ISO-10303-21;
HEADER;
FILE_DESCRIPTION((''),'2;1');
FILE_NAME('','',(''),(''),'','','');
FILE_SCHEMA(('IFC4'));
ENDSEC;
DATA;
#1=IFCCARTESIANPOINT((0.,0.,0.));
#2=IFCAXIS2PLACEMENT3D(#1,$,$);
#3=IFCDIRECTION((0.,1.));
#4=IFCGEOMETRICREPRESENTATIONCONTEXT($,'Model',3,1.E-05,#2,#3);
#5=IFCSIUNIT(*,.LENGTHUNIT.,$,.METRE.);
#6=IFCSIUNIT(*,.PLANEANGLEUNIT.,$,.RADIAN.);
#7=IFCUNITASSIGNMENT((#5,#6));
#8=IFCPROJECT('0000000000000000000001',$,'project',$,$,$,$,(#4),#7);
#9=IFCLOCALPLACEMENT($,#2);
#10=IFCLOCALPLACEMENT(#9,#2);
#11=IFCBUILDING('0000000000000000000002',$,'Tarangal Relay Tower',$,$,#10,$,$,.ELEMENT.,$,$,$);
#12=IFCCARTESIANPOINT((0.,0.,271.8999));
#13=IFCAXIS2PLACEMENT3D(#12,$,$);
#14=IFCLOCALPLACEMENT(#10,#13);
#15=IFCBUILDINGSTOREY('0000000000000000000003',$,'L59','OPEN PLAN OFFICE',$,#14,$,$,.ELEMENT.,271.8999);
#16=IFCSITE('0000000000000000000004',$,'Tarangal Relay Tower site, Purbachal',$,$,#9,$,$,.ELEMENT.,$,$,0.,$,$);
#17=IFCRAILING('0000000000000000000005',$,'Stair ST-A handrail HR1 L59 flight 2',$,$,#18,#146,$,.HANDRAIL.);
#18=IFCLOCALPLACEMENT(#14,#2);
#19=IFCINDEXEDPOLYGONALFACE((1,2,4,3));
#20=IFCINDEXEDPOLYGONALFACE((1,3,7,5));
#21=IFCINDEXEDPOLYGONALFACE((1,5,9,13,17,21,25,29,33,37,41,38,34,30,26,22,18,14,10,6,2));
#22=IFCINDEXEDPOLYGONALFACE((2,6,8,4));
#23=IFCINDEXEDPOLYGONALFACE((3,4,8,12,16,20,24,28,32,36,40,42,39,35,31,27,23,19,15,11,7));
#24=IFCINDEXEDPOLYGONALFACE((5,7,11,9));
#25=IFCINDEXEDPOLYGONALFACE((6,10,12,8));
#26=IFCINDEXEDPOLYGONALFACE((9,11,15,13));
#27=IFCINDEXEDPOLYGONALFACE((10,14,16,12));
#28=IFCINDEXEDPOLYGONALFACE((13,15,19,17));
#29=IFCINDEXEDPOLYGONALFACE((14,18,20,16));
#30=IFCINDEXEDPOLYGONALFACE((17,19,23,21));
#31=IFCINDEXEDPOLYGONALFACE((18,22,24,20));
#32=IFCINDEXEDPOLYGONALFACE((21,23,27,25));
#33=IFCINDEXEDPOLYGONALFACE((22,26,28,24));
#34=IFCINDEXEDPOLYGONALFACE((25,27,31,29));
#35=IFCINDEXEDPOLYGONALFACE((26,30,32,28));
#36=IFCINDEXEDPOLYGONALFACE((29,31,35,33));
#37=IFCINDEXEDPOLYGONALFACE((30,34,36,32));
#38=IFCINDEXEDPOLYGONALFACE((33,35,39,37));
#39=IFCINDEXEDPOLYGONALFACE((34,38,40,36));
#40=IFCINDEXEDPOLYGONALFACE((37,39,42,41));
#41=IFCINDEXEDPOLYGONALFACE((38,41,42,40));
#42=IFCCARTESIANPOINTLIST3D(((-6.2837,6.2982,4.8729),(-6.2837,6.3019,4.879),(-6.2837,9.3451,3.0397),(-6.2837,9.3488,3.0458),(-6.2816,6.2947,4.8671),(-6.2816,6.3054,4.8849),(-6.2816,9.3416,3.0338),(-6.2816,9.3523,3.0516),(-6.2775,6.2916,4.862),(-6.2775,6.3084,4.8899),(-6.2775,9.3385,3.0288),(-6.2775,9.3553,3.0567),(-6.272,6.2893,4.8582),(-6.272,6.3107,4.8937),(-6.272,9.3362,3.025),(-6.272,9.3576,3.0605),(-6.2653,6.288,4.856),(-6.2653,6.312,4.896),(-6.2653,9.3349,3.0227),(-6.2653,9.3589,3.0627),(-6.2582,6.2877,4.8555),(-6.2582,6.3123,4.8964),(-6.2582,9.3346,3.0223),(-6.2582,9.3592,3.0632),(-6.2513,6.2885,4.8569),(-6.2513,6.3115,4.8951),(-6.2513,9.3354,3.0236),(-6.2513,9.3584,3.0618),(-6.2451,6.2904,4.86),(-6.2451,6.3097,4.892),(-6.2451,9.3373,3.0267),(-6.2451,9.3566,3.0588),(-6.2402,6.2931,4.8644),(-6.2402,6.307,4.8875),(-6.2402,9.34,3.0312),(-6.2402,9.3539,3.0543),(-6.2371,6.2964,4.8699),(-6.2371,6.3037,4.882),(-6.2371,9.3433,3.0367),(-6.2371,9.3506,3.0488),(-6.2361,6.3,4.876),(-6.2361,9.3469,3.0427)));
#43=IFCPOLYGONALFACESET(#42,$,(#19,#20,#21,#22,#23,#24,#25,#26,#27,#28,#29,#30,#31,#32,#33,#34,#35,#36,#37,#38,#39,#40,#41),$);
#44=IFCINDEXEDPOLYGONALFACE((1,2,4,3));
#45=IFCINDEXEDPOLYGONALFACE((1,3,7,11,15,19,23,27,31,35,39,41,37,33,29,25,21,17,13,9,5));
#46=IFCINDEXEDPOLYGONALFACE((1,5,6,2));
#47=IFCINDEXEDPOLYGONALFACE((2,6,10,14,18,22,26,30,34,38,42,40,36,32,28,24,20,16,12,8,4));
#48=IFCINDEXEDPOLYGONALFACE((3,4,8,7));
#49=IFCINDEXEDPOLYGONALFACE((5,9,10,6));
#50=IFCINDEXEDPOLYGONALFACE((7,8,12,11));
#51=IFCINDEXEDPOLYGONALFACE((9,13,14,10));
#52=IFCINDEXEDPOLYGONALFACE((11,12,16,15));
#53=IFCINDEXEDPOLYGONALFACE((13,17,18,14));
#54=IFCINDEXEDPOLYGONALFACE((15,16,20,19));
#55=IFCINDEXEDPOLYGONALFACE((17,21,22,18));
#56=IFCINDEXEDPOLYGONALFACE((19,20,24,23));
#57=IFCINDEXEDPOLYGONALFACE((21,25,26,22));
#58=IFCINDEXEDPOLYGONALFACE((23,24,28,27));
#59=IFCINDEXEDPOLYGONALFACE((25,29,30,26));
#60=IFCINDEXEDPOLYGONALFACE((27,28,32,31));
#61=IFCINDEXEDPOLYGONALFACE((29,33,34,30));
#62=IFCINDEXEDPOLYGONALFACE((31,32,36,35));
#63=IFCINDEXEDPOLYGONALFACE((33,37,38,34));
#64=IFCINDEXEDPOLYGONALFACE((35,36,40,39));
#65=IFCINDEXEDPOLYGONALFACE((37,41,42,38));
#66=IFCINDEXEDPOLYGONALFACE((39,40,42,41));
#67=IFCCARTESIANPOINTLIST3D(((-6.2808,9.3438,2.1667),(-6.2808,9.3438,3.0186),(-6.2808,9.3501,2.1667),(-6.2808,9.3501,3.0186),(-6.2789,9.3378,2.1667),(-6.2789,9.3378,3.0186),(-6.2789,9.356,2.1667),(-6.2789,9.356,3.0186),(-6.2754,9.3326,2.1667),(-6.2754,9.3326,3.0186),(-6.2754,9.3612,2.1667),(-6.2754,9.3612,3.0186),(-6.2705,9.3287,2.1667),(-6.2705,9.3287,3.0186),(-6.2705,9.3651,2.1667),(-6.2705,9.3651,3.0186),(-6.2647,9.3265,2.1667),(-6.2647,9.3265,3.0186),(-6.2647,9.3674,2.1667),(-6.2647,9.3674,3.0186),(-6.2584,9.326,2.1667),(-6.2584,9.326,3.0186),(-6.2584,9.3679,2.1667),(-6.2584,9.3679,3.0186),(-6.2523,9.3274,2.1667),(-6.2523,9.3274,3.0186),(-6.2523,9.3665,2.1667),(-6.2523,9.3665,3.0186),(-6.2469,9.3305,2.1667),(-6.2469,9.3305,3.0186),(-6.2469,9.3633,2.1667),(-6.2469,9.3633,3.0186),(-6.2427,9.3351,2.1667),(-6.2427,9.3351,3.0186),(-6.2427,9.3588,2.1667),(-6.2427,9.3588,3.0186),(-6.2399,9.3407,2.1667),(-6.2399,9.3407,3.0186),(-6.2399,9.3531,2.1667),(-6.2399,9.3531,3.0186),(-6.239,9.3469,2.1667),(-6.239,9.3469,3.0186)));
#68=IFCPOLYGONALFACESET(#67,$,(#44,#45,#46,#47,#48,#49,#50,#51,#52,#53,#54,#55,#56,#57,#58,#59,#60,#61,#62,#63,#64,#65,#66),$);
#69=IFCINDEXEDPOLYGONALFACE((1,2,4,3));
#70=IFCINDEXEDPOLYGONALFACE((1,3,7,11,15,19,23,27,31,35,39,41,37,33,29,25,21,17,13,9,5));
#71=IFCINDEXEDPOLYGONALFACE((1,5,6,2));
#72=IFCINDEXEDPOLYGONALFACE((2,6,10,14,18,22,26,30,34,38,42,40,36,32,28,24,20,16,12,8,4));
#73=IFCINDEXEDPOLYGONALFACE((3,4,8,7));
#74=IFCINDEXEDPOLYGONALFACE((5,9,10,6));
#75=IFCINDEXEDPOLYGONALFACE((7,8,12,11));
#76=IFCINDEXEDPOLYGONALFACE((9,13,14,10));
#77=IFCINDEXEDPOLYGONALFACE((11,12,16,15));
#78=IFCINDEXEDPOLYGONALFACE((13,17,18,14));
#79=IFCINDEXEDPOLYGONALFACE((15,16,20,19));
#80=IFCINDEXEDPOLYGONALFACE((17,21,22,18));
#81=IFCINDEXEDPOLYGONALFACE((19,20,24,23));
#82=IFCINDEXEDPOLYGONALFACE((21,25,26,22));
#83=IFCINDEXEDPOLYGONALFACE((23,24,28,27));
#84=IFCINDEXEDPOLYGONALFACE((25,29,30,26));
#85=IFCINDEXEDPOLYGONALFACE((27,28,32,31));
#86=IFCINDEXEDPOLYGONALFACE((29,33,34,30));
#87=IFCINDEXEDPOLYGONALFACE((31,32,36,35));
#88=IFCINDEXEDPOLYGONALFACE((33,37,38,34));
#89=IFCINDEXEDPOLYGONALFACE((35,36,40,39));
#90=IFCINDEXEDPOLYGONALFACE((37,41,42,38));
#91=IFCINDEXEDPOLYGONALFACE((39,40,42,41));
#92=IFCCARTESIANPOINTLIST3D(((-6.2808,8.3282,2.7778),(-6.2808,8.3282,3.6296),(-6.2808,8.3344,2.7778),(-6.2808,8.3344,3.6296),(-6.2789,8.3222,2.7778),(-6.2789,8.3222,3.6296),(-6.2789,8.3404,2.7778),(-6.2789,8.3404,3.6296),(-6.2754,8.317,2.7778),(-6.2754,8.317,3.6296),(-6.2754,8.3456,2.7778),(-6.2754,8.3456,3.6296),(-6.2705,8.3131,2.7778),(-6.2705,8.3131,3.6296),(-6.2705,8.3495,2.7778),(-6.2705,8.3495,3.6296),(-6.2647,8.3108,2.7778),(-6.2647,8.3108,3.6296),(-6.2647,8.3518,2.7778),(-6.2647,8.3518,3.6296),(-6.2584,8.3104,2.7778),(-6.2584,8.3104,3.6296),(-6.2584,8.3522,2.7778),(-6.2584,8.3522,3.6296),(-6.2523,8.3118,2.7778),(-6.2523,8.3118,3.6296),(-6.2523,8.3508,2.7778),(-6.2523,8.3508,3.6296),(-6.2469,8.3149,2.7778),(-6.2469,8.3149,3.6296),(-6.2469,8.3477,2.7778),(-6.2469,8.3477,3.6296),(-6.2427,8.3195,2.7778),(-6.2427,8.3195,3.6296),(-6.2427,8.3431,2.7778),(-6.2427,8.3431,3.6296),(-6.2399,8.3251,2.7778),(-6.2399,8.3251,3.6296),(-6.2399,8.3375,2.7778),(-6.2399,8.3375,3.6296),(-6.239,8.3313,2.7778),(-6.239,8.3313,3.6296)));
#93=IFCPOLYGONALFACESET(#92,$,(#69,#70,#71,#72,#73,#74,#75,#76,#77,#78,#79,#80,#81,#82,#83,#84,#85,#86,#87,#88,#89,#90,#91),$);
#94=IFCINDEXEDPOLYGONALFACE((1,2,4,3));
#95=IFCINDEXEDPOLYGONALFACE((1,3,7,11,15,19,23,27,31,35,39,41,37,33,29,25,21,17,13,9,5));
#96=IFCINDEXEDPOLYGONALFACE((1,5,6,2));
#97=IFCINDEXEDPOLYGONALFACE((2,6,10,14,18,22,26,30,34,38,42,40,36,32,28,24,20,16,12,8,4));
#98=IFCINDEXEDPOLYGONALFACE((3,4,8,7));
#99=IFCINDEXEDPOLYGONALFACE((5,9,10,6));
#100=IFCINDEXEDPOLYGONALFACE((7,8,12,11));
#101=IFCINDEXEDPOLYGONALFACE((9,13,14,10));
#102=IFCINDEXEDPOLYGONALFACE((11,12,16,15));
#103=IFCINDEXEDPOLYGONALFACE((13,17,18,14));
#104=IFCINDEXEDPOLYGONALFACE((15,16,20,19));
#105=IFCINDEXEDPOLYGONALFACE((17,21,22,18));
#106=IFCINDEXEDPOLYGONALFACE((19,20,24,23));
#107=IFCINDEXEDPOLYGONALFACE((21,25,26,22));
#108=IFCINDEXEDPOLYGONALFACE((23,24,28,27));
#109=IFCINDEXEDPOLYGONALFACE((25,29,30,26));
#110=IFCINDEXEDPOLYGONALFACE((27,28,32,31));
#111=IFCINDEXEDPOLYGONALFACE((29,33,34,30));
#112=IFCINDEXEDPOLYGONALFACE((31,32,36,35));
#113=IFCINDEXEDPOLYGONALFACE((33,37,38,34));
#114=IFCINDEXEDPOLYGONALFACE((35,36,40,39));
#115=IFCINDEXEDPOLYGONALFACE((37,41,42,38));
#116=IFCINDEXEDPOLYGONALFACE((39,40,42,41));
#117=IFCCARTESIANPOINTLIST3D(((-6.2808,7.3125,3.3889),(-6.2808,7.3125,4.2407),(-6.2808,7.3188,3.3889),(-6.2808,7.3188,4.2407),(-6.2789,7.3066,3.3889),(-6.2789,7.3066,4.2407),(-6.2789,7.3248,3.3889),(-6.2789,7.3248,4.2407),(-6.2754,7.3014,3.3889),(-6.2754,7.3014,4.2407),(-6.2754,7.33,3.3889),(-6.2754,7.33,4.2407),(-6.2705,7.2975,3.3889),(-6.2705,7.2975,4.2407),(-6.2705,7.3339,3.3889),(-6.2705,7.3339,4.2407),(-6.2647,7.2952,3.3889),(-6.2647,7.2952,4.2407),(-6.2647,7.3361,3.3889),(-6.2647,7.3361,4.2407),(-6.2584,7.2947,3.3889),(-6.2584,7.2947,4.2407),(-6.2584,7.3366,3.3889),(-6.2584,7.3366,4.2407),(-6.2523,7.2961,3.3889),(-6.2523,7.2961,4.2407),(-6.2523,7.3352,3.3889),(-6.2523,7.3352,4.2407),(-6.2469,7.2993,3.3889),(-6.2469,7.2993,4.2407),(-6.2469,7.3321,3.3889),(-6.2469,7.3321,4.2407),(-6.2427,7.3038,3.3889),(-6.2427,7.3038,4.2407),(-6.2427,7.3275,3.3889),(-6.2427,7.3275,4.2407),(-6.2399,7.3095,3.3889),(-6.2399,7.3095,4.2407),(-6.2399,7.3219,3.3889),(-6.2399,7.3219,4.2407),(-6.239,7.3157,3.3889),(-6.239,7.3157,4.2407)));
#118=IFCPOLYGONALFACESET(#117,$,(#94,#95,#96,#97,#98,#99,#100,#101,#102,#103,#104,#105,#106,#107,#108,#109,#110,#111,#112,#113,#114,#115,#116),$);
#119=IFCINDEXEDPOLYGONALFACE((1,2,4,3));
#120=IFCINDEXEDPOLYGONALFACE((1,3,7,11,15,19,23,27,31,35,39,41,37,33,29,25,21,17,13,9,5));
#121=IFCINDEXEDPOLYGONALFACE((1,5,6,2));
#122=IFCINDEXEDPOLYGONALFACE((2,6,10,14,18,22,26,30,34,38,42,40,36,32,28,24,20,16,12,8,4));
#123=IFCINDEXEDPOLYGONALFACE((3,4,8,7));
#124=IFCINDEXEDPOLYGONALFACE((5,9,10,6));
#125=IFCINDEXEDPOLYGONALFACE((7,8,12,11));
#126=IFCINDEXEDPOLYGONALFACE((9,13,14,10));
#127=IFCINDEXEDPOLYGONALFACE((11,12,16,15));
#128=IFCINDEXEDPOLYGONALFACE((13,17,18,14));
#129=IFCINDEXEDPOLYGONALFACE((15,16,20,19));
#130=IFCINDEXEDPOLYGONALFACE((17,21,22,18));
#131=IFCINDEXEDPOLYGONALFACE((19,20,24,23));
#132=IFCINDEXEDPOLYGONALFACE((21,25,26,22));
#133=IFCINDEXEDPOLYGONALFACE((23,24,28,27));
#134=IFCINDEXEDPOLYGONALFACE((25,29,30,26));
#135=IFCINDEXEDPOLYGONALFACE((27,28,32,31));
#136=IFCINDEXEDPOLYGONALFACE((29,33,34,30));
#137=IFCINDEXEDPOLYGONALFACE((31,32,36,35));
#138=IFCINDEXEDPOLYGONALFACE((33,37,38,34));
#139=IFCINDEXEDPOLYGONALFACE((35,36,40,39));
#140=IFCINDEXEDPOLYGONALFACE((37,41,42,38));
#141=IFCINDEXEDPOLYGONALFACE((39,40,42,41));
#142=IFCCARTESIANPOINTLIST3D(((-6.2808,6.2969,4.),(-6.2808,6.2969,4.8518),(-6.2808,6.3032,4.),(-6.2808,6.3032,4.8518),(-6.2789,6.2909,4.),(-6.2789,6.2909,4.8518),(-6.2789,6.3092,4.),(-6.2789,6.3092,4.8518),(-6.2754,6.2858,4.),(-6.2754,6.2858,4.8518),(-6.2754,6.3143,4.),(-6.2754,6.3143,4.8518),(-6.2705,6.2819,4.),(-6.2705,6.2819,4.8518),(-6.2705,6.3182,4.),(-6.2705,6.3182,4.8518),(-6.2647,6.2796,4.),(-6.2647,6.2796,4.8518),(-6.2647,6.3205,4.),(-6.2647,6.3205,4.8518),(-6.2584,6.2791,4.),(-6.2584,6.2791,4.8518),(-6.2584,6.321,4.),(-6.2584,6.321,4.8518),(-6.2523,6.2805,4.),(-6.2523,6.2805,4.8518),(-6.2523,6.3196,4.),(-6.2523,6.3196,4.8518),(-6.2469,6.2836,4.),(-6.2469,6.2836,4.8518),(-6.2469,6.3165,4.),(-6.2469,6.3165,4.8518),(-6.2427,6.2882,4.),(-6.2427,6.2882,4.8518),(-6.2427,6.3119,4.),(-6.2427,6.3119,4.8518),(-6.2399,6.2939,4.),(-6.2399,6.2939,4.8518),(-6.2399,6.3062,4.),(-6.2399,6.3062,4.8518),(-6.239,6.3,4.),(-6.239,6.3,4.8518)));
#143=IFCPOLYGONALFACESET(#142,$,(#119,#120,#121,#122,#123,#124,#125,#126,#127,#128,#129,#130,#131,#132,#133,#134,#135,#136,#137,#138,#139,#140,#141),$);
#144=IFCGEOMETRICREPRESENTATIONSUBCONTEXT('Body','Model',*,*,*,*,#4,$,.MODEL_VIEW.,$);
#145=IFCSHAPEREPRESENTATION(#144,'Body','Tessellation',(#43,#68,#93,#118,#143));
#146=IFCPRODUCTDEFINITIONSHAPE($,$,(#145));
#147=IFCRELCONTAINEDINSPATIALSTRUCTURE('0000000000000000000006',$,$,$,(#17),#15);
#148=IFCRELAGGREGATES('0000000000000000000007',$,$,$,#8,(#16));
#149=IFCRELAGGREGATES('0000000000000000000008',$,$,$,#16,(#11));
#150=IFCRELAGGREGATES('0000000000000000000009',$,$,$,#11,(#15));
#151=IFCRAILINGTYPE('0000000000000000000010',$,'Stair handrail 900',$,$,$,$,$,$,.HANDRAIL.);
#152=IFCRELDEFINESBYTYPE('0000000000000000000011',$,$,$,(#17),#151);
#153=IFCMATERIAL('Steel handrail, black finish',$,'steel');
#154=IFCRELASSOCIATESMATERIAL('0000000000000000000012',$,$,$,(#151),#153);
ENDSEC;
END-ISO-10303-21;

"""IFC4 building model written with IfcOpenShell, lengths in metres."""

from ifc_helpers import new_model, si_unit, direction, frame, origin, origin_2d, place, context, subcontext, project, spatial, circle, extrude, material, type_object, element, save


model = new_model("IFC4")

# Units and contexts
model_context = context("Model", 3, precision=1e-05, world=origin(), true_north=direction((0.0, 1.0)))
body_context = subcontext(model_context, "Body", "Model", "MODEL_VIEW")
ifc_project = project(units=[si_unit("LENGTHUNIT", "METRE"), si_unit("PLANEANGLEUNIT", "RADIAN")], contexts=[model_context])

# Site, building, storey
site_placement = place(None, origin())
site = spatial("IfcSite", under=ifc_project, at=site_placement, Name="Tarangal Relay Tower site, Purbachal", CompositionType="ELEMENT", RefElevation=0.0)
building_placement = place(site_placement, origin())
building = spatial("IfcBuilding", under=site, at=building_placement, Name="Tarangal Relay Tower", CompositionType="ELEMENT")
storey_placement = place(building_placement, frame((0.0, 0.0, 271.8999)))
storey = spatial("IfcBuildingStorey", under=building, at=storey_placement, Name="L59", Description="OPEN PLAN OFFICE", CompositionType="ELEMENT", Elevation=271.8999)

# Railing
ifc_material_1 = material(Name="Steel handrail, black finish", Category="steel")
railing_type_1 = type_object("IfcRailingType", Name="Stair handrail 900", PredefinedType="HANDRAIL", material=ifc_material_1)
railing_1_placement = place(storey_placement, frame((-6.26, 9.3469, 2.1667)))
element("IfcRailing", 1, at=railing_1_placement, inside=storey, type_object=railing_type_1, Name="Stair ST-A handrail HR1 L59 flight 2", PredefinedType="HANDRAIL", context=body_context, shape_type="SweptSolid", body=[
    extrude(circle(Radius=0.0239, at=origin_2d()), frame((0.0, 0.0, 0.876), z_axis=(0.0, -0.856856, 0.515556), x_axis=(1.0, 0.0, 0.0)), (0.0, 0.0, 1.0), 3.5559),
    extrude(circle(Radius=0.021, at=origin_2d()), origin(), (0.0, 0.0, 1.0), 0.8518),
    extrude(circle(Radius=0.021, at=origin_2d()), frame((0.0, -1.0156, 0.6111)), (0.0, 0.0, 1.0), 0.8518),
    extrude(circle(Radius=0.021, at=origin_2d()), frame((0.0, -2.0312, 1.2222)), (0.0, 0.0, 1.0), 0.8518),
    extrude(circle(Radius=0.021, at=origin_2d()), frame((0.0, -3.0469, 1.8333)), (0.0, 0.0, 1.0), 0.8518),
])

save(model, "model.ifc")
